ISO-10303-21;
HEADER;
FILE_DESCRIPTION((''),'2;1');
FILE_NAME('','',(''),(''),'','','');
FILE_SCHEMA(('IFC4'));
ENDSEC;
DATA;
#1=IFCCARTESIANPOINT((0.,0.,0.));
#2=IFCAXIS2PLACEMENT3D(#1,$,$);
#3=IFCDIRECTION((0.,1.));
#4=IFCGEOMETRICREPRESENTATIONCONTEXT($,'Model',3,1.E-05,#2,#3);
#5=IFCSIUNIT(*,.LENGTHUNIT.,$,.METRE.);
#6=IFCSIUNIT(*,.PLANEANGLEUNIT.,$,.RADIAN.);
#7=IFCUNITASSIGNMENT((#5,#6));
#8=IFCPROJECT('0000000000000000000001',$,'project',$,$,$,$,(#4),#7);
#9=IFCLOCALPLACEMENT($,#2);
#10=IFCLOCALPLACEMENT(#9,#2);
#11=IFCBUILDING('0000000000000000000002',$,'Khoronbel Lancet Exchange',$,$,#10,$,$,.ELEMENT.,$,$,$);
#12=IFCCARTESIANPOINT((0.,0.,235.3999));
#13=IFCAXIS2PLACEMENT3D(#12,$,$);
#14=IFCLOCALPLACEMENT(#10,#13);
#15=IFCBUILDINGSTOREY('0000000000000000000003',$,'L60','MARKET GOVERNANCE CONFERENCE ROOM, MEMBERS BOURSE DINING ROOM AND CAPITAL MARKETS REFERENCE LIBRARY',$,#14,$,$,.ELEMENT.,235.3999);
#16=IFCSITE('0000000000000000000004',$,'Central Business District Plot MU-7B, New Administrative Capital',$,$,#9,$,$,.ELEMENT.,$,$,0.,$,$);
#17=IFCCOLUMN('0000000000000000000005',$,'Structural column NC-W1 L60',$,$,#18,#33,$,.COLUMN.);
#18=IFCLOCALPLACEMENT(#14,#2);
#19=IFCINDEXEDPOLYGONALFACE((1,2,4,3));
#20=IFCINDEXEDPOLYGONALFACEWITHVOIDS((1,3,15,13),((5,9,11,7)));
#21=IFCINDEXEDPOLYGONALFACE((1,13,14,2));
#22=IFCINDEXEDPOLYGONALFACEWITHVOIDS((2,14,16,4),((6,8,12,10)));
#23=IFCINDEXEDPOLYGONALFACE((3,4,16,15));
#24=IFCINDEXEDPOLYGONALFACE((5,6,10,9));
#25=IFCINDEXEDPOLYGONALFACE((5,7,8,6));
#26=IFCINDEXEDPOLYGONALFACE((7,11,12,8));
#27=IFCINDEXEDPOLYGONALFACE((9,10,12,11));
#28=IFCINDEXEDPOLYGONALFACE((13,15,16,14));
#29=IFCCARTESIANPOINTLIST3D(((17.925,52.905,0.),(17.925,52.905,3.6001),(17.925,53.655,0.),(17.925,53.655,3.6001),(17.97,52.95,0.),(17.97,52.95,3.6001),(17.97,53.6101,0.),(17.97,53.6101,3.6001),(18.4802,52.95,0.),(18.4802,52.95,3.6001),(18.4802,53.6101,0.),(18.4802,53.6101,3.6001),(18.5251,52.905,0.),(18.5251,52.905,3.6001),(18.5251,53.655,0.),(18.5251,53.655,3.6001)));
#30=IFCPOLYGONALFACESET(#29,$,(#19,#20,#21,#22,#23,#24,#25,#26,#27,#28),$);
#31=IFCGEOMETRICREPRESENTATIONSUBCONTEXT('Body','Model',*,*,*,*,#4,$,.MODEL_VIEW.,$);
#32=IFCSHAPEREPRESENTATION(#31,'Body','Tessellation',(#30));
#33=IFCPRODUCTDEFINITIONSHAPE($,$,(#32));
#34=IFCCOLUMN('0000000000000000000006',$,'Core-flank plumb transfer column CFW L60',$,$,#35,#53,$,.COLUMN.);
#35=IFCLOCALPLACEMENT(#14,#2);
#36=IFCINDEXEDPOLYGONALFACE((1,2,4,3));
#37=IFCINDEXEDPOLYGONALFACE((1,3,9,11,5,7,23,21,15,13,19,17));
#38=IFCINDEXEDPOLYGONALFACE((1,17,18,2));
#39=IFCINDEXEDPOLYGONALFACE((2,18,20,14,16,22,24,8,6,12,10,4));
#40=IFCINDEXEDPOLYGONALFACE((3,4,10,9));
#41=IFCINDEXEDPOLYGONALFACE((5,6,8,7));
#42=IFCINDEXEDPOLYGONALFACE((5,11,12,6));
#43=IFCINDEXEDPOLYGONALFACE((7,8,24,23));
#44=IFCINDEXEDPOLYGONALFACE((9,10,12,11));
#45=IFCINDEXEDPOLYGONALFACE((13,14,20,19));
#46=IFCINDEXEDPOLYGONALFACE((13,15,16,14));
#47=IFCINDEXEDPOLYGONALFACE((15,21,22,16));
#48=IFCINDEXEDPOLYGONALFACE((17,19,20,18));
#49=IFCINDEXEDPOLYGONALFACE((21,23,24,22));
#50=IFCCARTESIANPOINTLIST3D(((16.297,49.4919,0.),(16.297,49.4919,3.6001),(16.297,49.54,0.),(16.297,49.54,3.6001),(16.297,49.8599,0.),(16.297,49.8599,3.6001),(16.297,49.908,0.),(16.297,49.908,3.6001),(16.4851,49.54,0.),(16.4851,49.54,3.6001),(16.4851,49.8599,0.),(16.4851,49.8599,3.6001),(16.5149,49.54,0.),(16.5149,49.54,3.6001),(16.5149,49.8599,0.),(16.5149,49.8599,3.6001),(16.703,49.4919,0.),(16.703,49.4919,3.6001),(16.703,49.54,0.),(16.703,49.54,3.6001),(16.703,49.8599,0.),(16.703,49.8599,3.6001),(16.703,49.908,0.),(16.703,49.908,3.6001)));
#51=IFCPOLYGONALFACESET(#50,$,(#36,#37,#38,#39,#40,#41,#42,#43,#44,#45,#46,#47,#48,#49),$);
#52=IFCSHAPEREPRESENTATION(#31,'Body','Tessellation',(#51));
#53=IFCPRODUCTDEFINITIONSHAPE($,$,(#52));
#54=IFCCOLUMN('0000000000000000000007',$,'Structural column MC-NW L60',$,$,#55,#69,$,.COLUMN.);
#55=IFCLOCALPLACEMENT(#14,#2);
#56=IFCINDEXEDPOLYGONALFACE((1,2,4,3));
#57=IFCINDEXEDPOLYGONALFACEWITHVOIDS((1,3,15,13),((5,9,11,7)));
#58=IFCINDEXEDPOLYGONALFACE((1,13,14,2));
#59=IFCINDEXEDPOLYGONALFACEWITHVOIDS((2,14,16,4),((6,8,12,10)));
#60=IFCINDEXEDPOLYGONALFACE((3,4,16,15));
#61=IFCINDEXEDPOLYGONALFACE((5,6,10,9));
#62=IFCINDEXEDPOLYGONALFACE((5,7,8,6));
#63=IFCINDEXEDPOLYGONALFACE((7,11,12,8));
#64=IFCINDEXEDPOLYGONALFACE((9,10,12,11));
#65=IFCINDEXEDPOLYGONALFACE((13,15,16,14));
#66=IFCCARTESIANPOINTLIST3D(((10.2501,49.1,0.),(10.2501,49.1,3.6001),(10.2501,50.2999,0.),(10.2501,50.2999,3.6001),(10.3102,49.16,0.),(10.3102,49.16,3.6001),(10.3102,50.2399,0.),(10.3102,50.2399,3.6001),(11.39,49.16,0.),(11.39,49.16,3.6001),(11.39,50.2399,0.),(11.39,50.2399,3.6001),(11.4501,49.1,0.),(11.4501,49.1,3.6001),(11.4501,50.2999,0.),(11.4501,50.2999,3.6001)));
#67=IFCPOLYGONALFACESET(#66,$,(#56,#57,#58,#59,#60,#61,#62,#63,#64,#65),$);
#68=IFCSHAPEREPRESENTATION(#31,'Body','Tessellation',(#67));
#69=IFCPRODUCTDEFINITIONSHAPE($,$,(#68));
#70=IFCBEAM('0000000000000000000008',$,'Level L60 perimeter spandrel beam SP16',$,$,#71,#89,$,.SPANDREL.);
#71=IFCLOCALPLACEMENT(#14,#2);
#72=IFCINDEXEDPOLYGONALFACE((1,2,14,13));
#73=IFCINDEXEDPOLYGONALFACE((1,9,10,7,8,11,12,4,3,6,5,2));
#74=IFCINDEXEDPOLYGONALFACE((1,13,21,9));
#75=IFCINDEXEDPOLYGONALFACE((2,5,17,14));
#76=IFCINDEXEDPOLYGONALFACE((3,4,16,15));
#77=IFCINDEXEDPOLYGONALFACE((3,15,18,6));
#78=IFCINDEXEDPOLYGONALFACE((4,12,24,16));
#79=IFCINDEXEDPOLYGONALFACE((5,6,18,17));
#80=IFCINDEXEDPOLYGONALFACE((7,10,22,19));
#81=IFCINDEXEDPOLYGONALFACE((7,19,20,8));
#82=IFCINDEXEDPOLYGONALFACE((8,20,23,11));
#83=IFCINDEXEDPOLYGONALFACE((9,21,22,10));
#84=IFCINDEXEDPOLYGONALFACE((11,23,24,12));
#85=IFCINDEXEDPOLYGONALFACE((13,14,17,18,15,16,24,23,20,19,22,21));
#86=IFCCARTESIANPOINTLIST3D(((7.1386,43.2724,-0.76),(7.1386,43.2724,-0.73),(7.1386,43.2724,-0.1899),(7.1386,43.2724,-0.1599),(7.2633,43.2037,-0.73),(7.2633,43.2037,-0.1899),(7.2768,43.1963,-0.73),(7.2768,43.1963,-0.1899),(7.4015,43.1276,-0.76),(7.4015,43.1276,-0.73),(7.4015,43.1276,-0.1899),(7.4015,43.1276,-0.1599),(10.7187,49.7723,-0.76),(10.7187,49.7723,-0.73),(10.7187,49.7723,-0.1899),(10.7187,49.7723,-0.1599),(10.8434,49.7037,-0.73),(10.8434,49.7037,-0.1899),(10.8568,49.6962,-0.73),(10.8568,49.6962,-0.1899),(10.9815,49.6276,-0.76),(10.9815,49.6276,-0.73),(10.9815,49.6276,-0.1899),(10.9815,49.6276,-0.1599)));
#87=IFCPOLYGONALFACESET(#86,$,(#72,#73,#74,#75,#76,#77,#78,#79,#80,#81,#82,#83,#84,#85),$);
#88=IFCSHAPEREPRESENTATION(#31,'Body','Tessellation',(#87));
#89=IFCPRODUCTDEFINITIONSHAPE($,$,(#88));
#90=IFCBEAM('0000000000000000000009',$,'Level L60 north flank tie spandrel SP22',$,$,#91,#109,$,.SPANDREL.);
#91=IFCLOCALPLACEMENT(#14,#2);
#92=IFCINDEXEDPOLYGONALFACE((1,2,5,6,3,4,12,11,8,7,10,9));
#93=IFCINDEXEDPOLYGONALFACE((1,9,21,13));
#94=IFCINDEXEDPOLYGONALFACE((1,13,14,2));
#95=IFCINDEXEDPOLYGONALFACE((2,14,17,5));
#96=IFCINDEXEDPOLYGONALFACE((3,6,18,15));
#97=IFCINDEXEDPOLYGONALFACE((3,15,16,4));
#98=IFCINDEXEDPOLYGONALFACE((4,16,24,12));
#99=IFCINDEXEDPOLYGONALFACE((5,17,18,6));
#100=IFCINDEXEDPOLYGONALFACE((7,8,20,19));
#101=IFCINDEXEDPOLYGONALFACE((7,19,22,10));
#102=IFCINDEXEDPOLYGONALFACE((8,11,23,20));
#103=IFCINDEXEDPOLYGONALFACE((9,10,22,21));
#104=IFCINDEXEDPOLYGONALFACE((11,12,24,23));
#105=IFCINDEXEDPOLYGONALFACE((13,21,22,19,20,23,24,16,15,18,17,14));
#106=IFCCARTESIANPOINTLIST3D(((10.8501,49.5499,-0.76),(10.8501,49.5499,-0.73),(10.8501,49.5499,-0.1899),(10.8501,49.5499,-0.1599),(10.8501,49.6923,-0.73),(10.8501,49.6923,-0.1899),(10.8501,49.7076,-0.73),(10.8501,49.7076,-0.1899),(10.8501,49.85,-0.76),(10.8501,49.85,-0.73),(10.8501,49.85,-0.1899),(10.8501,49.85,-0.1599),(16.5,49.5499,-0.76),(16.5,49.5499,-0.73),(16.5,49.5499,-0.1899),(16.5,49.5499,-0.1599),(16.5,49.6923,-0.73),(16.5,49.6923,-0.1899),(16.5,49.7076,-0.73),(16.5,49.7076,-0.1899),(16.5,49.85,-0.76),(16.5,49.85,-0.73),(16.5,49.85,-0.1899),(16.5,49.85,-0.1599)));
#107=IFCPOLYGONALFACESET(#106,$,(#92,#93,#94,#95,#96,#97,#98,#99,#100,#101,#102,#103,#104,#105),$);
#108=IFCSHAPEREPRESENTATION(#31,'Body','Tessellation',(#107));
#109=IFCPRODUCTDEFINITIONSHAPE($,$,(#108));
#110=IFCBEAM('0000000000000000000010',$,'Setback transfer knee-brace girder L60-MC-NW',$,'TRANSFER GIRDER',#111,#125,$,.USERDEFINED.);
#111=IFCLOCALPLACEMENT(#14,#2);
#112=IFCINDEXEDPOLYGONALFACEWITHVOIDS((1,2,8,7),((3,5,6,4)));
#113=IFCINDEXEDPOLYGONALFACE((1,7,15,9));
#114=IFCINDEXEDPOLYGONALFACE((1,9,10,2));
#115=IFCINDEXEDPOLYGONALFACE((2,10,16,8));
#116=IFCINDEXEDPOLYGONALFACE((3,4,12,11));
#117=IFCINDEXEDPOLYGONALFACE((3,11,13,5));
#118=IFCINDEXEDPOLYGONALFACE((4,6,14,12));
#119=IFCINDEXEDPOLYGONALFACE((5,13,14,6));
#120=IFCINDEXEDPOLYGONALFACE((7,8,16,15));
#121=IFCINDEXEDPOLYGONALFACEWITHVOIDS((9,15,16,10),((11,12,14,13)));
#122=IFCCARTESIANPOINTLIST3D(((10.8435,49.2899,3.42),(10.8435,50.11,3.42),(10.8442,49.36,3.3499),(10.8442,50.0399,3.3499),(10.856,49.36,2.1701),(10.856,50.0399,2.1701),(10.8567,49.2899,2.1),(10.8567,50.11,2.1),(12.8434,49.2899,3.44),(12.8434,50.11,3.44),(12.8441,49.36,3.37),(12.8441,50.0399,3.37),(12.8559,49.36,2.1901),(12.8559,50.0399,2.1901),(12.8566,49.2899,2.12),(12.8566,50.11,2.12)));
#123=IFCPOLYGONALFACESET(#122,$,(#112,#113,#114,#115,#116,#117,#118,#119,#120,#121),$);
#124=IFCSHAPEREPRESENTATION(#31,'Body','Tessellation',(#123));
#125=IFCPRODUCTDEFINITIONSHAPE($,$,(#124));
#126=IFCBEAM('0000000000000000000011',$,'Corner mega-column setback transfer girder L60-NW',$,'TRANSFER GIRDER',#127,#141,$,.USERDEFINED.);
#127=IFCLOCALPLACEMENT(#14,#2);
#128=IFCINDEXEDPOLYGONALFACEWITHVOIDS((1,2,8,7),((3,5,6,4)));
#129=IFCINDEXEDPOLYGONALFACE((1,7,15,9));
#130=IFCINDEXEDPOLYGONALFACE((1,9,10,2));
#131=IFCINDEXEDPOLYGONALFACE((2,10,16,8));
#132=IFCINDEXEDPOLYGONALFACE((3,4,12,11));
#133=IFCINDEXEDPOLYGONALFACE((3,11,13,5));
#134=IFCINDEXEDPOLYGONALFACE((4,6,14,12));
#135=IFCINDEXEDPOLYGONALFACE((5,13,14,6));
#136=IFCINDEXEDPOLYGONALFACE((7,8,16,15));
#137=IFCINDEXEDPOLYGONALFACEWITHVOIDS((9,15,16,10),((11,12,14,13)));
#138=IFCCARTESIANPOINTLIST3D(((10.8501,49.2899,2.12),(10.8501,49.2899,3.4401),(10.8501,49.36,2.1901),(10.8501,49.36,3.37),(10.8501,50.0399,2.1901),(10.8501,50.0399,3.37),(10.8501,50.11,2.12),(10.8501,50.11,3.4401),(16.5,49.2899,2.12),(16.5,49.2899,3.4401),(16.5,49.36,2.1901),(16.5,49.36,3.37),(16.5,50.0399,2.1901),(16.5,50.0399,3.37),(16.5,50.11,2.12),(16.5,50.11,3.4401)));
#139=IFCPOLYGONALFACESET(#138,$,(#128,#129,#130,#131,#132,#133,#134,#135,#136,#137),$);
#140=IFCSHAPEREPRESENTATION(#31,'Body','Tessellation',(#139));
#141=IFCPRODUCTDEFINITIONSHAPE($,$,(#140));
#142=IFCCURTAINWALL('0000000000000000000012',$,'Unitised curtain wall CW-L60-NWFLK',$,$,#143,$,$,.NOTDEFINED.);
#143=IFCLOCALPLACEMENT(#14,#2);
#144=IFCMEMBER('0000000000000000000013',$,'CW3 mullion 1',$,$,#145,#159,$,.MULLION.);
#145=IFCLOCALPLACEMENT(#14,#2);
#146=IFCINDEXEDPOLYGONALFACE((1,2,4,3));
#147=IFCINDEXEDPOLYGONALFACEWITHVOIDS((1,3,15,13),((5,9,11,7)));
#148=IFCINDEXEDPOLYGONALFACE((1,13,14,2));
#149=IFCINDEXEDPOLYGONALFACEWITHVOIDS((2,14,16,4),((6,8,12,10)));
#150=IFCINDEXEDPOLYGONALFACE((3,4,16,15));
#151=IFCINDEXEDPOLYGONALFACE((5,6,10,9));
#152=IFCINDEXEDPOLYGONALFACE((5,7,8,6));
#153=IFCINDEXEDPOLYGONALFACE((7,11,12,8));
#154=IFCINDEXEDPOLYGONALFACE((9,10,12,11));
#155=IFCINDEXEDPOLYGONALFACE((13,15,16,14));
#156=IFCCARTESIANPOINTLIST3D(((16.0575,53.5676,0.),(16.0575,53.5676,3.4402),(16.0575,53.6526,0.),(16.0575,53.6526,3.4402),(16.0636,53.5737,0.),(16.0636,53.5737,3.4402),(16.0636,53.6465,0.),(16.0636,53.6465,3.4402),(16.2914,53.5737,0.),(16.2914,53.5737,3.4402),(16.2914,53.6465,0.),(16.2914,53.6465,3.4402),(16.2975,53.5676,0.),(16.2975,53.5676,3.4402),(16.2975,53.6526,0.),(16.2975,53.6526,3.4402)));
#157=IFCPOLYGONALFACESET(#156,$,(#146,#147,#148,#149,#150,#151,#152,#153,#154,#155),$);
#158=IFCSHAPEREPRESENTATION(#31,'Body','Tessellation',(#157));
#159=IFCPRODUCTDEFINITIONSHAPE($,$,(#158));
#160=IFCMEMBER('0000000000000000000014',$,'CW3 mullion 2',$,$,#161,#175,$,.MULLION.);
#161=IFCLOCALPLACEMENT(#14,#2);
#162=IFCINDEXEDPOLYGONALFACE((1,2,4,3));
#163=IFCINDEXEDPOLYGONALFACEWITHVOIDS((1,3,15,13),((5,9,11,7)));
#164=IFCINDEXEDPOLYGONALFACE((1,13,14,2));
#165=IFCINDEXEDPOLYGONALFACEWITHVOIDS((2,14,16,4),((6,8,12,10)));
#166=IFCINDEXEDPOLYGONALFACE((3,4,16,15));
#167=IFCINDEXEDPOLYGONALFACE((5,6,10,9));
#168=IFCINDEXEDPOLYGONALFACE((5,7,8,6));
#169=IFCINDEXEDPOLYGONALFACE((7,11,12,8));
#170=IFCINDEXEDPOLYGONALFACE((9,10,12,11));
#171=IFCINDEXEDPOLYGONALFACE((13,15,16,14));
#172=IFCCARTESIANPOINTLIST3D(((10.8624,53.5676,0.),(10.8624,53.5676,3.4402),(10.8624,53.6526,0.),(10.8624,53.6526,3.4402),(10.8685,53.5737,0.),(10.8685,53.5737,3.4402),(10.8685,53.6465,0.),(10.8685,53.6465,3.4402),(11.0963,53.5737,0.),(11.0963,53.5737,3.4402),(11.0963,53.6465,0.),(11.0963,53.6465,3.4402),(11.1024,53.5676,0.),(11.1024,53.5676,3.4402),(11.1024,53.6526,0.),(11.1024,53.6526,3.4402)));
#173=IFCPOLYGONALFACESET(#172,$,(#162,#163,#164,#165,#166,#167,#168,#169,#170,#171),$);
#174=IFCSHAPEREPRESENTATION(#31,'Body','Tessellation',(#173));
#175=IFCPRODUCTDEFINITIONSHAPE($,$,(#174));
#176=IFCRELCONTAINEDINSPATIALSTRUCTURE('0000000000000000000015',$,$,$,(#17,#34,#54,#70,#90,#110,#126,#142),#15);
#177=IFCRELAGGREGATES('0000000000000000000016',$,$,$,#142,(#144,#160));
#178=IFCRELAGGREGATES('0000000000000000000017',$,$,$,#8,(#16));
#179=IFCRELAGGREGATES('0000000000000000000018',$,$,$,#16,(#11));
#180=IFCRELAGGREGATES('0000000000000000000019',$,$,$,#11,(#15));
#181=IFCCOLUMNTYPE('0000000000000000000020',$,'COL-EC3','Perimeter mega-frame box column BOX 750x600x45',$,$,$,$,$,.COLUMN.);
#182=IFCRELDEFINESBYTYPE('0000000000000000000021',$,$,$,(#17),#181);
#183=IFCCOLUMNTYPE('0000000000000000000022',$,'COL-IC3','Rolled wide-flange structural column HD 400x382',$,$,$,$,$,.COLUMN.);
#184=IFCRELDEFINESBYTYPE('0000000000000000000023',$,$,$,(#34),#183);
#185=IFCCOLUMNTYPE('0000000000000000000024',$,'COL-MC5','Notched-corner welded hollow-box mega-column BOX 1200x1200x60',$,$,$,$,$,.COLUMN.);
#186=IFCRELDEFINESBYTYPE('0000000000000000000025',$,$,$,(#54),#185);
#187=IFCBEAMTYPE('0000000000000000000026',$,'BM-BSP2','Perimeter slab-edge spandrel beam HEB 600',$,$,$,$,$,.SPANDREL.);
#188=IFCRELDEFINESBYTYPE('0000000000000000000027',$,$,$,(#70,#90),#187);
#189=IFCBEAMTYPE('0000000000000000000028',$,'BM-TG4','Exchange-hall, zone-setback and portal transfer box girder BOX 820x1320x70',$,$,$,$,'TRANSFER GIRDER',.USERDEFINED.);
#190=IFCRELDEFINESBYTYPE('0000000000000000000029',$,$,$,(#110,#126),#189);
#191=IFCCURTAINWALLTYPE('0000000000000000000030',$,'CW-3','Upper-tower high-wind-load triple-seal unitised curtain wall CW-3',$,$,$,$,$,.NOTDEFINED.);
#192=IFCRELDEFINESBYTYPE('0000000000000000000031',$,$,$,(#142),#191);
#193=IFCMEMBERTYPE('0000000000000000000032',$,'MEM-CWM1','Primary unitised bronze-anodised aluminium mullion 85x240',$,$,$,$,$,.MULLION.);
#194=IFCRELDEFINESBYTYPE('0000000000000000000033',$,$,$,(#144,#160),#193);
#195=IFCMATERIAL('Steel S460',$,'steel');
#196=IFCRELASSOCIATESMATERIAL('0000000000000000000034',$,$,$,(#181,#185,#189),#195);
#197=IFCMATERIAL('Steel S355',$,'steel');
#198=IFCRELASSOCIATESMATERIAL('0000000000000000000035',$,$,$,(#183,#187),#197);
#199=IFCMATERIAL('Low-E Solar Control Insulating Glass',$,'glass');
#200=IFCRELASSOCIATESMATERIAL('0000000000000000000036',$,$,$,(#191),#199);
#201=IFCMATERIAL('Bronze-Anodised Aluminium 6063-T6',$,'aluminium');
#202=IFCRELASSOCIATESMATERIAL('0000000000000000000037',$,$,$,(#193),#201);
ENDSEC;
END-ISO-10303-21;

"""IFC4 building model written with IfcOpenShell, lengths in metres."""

from ifc_helpers import new_model, si_unit, direction, frame, origin, origin_2d, place, context, subcontext, project, spatial, hollow_rectangle, i_section, extrude, material, material_profile, profile_set, type_object, element, aggregate, save


model = new_model("IFC4")

# Units and contexts
model_context = context("Model", 3, precision=1e-05, world=origin(), true_north=direction((0.0, 1.0)))
body_context = subcontext(model_context, "Body", "Model", "MODEL_VIEW")
ifc_project = project(units=[si_unit("LENGTHUNIT", "METRE"), si_unit("PLANEANGLEUNIT", "RADIAN")], contexts=[model_context])

# Site, building, storey
site_placement = place(None, origin())
site = spatial("IfcSite", under=ifc_project, at=site_placement, Name="Central Business District Plot MU-7B, New Administrative Capital", CompositionType="ELEMENT", RefElevation=0.0)
building_placement = place(site_placement, origin())
building = spatial("IfcBuilding", under=site, at=building_placement, Name="Khoronbel Lancet Exchange", CompositionType="ELEMENT")
storey_placement = place(building_placement, frame((0.0, 0.0, 235.3999)))
storey = spatial("IfcBuildingStorey", under=building, at=storey_placement, Name="L60", Description="MARKET GOVERNANCE CONFERENCE ROOM, MEMBERS BOURSE DINING ROOM AND CAPITAL MARKETS REFERENCE LIBRARY", CompositionType="ELEMENT", Elevation=235.3999)

# Columns
ifc_material_1 = material(Name="Steel S460", Category="steel")
ifc_material_profile_1 = material_profile(ifc_material_1, hollow_rectangle(XDim=0.6001, YDim=0.75, WallThickness=0.0449, at=origin_2d()), Name="BOX 750x600x45")
ifc_profile_set_1 = profile_set([ifc_material_profile_1], Name="Steel S460")
column_type_1 = type_object("IfcColumnType", Name="COL-EC3", Description="Perimeter mega-frame box column BOX 750x600x45", PredefinedType="COLUMN", material=ifc_profile_set_1)
column_1_placement = place(storey_placement, frame((18.2251, 53.28, 0.0), z_axis=(0.0, 0.0, 1.0), x_axis=(1.0, 0.0, 0.0)))
element("IfcColumn", 1, at=column_1_placement, inside=storey, type_object=column_type_1, Name="Structural column NC-W1 L60", PredefinedType="COLUMN", context=body_context, shape_type="SweptSolid", body=[
    extrude(hollow_rectangle(XDim=0.6001, YDim=0.75, WallThickness=0.0449, at=origin_2d()), origin(), (0.0, 0.0, 1.0), 3.6001),
])
ifc_material_2 = material(Name="Steel S355", Category="steel")
ifc_material_profile_2 = material_profile(ifc_material_2, i_section(OverallWidth=0.406, OverallDepth=0.416, WebThickness=0.0298, FlangeThickness=0.0481, at=origin_2d()), Name="HD 400x382")
ifc_profile_set_2 = profile_set([ifc_material_profile_2], Name="Steel S355")
column_type_2 = type_object("IfcColumnType", Name="COL-IC3", Description="Rolled wide-flange structural column HD 400x382", PredefinedType="COLUMN", material=ifc_profile_set_2)
column_2_placement = place(storey_placement, frame((16.5, 49.7, 0.0), z_axis=(0.0, 0.0, 1.0), x_axis=(1.0, 0.0, 0.0)))
element("IfcColumn", 2, at=column_2_placement, inside=storey, type_object=column_type_2, Name="Core-flank plumb transfer column CFW L60", PredefinedType="COLUMN", context=body_context, shape_type="SweptSolid", body=[
    extrude(i_section(OverallWidth=0.406, OverallDepth=0.416, WebThickness=0.0298, FlangeThickness=0.0481, at=origin_2d()), origin(), (0.0, 0.0, 1.0), 3.6001),
])
ifc_material_profile_3 = material_profile(ifc_material_1, hollow_rectangle(XDim=1.2, YDim=1.2, WallThickness=0.0601, at=origin_2d()), Name="BOX 1200x1200x60")
ifc_profile_set_3 = profile_set([ifc_material_profile_3], Name="Steel S460")
column_type_3 = type_object("IfcColumnType", Name="COL-MC5", Description="Notched-corner welded hollow-box mega-column BOX 1200x1200x60", PredefinedType="COLUMN", material=ifc_profile_set_3)
column_3_placement = place(storey_placement, frame((10.8501, 49.7, 0.0), z_axis=(0.0, 0.0, 1.0), x_axis=(1.0, 0.0, 0.0)))
element("IfcColumn", 3, at=column_3_placement, inside=storey, type_object=column_type_3, Name="Structural column MC-NW L60", PredefinedType="COLUMN", context=body_context, shape_type="SweptSolid", body=[
    extrude(hollow_rectangle(XDim=1.2, YDim=1.2, WallThickness=0.0601, at=origin_2d()), origin(), (0.0, 0.0, 1.0), 3.6001),
])

# Beams
ifc_material_profile_4 = material_profile(ifc_material_2, i_section(OverallWidth=0.3, OverallDepth=0.6001, WebThickness=0.0154, FlangeThickness=0.03, at=origin_2d()), Name="HEB 600")
ifc_profile_set_4 = profile_set([ifc_material_profile_4], Name="Steel S355")
beam_type_1 = type_object("IfcBeamType", Name="BM-BSP2", Description="Perimeter slab-edge spandrel beam HEB 600", PredefinedType="SPANDREL", material=ifc_profile_set_4)
beam_1_placement = place(storey_placement, frame((10.8501, 49.7, -0.46), z_axis=(-0.482444, -0.875927, 0.0), x_axis=(0.875927, -0.482444, 0.0)))
element("IfcBeam", 4, at=beam_1_placement, inside=storey, type_object=beam_type_1, Name="Level L60 perimeter spandrel beam SP16", PredefinedType="SPANDREL", context=body_context, shape_type="SweptSolid", body=[
    extrude(i_section(OverallWidth=0.3, OverallDepth=0.6001, WebThickness=0.0154, FlangeThickness=0.03, at=origin_2d()), origin(), (0.0, 0.0, 1.0), 7.4207),
])
beam_2_placement = place(storey_placement, frame((10.8501, 49.7, -0.46), z_axis=(1.0, 0.0, 0.0), x_axis=(0.0, 1.0, 0.0)))
element("IfcBeam", 5, at=beam_2_placement, inside=storey, type_object=beam_type_1, Name="Level L60 north flank tie spandrel SP22", PredefinedType="SPANDREL", context=body_context, shape_type="SweptSolid", body=[
    extrude(i_section(OverallWidth=0.3, OverallDepth=0.6001, WebThickness=0.0154, FlangeThickness=0.03, at=origin_2d()), origin(), (0.0, 0.0, 1.0), 5.6499),
])
ifc_material_profile_5 = material_profile(ifc_material_1, hollow_rectangle(XDim=0.8201, YDim=1.3201, WallThickness=0.0701, at=origin_2d()), Name="BOX 820x1320x70")
ifc_profile_set_5 = profile_set([ifc_material_profile_5], Name="Steel S460")
beam_type_2 = type_object("IfcBeamType", Name="BM-TG4", Description="Exchange-hall, zone-setback and portal transfer box girder BOX 820x1320x70", ElementType="TRANSFER GIRDER", PredefinedType="USERDEFINED", material=ifc_profile_set_5)
beam_3_placement = place(storey_placement, frame((10.8501, 49.7, 2.76), z_axis=(0.99995, 0.0, 0.010009), x_axis=(0.0, 1.0, 0.0)))
element("IfcBeam", 6, at=beam_3_placement, inside=storey, type_object=beam_type_2, Name="Setback transfer knee-brace girder L60-MC-NW", ObjectType="TRANSFER GIRDER", PredefinedType="USERDEFINED", context=body_context, shape_type="SweptSolid", body=[
    extrude(hollow_rectangle(XDim=0.8201, YDim=1.3201, WallThickness=0.0701, at=origin_2d()), origin(), (0.0, 0.0, 1.0), 2.0),
])
beam_4_placement = place(storey_placement, frame((10.8501, 49.7, 2.78), z_axis=(1.0, 0.0, 0.0), x_axis=(0.0, 1.0, 0.0)))
element("IfcBeam", 7, at=beam_4_placement, inside=storey, type_object=beam_type_2, Name="Corner mega-column setback transfer girder L60-NW", ObjectType="TRANSFER GIRDER", PredefinedType="USERDEFINED", context=body_context, shape_type="SweptSolid", body=[
    extrude(hollow_rectangle(XDim=0.8201, YDim=1.3201, WallThickness=0.0701, at=origin_2d()), origin(), (0.0, 0.0, 1.0), 5.6499),
])

# Curtain wall, members
ifc_material_3 = material(Name="Low-E Solar Control Insulating Glass", Category="glass")
curtain_wall_type_1 = type_object("IfcCurtainWallType", Name="CW-3", Description="Upper-tower high-wind-load triple-seal unitised curtain wall CW-3", PredefinedType="NOTDEFINED", material=ifc_material_3)
curtain_wall_1_placement = place(storey_placement, origin())
curtain_wall_1 = element("IfcCurtainWall", 8, at=curtain_wall_1_placement, inside=storey, type_object=curtain_wall_type_1, Name="Unitised curtain wall CW-L60-NWFLK", PredefinedType="NOTDEFINED")
ifc_material_4 = material(Name="Bronze-Anodised Aluminium 6063-T6", Category="aluminium")
ifc_material_profile_6 = material_profile(ifc_material_4, hollow_rectangle(XDim=0.085, YDim=0.24, WallThickness=0.0061, at=origin_2d()), Name="ALU MULLION 85x240")
ifc_profile_set_6 = profile_set([ifc_material_profile_6], Name="Bronze-Anodised Aluminium 6063-T6")
member_type_1 = type_object("IfcMemberType", Name="MEM-CWM1", Description="Primary unitised bronze-anodised aluminium mullion 85x240", PredefinedType="MULLION", material=ifc_profile_set_6)
member_1_placement = place(storey_placement, frame((16.1775, 53.6101, 0.0), z_axis=(0.0, 0.0, 1.0), x_axis=(0.0, -1.0, 0.0)))
member_1 = element("IfcMember", 9, at=member_1_placement, type_object=member_type_1, Name="CW3 mullion 1", PredefinedType="MULLION", context=body_context, shape_type="SweptSolid", body=[
    extrude(hollow_rectangle(XDim=0.085, YDim=0.24, WallThickness=0.0061, at=origin_2d()), origin(), (0.0, 0.0, 1.0), 3.4402),
])
member_2_placement = place(storey_placement, frame((10.9824, 53.6101, 0.0), z_axis=(0.0, 0.0, 1.0), x_axis=(0.0, -1.0, 0.0)))
member_2 = element("IfcMember", 10, at=member_2_placement, type_object=member_type_1, Name="CW3 mullion 2", PredefinedType="MULLION", context=body_context, shape_type="SweptSolid", body=[
    extrude(hollow_rectangle(XDim=0.085, YDim=0.24, WallThickness=0.0061, at=origin_2d()), origin(), (0.0, 0.0, 1.0), 3.4402),
])

aggregate(curtain_wall_1, [member_1, member_2])

save(model, "model.ifc")
